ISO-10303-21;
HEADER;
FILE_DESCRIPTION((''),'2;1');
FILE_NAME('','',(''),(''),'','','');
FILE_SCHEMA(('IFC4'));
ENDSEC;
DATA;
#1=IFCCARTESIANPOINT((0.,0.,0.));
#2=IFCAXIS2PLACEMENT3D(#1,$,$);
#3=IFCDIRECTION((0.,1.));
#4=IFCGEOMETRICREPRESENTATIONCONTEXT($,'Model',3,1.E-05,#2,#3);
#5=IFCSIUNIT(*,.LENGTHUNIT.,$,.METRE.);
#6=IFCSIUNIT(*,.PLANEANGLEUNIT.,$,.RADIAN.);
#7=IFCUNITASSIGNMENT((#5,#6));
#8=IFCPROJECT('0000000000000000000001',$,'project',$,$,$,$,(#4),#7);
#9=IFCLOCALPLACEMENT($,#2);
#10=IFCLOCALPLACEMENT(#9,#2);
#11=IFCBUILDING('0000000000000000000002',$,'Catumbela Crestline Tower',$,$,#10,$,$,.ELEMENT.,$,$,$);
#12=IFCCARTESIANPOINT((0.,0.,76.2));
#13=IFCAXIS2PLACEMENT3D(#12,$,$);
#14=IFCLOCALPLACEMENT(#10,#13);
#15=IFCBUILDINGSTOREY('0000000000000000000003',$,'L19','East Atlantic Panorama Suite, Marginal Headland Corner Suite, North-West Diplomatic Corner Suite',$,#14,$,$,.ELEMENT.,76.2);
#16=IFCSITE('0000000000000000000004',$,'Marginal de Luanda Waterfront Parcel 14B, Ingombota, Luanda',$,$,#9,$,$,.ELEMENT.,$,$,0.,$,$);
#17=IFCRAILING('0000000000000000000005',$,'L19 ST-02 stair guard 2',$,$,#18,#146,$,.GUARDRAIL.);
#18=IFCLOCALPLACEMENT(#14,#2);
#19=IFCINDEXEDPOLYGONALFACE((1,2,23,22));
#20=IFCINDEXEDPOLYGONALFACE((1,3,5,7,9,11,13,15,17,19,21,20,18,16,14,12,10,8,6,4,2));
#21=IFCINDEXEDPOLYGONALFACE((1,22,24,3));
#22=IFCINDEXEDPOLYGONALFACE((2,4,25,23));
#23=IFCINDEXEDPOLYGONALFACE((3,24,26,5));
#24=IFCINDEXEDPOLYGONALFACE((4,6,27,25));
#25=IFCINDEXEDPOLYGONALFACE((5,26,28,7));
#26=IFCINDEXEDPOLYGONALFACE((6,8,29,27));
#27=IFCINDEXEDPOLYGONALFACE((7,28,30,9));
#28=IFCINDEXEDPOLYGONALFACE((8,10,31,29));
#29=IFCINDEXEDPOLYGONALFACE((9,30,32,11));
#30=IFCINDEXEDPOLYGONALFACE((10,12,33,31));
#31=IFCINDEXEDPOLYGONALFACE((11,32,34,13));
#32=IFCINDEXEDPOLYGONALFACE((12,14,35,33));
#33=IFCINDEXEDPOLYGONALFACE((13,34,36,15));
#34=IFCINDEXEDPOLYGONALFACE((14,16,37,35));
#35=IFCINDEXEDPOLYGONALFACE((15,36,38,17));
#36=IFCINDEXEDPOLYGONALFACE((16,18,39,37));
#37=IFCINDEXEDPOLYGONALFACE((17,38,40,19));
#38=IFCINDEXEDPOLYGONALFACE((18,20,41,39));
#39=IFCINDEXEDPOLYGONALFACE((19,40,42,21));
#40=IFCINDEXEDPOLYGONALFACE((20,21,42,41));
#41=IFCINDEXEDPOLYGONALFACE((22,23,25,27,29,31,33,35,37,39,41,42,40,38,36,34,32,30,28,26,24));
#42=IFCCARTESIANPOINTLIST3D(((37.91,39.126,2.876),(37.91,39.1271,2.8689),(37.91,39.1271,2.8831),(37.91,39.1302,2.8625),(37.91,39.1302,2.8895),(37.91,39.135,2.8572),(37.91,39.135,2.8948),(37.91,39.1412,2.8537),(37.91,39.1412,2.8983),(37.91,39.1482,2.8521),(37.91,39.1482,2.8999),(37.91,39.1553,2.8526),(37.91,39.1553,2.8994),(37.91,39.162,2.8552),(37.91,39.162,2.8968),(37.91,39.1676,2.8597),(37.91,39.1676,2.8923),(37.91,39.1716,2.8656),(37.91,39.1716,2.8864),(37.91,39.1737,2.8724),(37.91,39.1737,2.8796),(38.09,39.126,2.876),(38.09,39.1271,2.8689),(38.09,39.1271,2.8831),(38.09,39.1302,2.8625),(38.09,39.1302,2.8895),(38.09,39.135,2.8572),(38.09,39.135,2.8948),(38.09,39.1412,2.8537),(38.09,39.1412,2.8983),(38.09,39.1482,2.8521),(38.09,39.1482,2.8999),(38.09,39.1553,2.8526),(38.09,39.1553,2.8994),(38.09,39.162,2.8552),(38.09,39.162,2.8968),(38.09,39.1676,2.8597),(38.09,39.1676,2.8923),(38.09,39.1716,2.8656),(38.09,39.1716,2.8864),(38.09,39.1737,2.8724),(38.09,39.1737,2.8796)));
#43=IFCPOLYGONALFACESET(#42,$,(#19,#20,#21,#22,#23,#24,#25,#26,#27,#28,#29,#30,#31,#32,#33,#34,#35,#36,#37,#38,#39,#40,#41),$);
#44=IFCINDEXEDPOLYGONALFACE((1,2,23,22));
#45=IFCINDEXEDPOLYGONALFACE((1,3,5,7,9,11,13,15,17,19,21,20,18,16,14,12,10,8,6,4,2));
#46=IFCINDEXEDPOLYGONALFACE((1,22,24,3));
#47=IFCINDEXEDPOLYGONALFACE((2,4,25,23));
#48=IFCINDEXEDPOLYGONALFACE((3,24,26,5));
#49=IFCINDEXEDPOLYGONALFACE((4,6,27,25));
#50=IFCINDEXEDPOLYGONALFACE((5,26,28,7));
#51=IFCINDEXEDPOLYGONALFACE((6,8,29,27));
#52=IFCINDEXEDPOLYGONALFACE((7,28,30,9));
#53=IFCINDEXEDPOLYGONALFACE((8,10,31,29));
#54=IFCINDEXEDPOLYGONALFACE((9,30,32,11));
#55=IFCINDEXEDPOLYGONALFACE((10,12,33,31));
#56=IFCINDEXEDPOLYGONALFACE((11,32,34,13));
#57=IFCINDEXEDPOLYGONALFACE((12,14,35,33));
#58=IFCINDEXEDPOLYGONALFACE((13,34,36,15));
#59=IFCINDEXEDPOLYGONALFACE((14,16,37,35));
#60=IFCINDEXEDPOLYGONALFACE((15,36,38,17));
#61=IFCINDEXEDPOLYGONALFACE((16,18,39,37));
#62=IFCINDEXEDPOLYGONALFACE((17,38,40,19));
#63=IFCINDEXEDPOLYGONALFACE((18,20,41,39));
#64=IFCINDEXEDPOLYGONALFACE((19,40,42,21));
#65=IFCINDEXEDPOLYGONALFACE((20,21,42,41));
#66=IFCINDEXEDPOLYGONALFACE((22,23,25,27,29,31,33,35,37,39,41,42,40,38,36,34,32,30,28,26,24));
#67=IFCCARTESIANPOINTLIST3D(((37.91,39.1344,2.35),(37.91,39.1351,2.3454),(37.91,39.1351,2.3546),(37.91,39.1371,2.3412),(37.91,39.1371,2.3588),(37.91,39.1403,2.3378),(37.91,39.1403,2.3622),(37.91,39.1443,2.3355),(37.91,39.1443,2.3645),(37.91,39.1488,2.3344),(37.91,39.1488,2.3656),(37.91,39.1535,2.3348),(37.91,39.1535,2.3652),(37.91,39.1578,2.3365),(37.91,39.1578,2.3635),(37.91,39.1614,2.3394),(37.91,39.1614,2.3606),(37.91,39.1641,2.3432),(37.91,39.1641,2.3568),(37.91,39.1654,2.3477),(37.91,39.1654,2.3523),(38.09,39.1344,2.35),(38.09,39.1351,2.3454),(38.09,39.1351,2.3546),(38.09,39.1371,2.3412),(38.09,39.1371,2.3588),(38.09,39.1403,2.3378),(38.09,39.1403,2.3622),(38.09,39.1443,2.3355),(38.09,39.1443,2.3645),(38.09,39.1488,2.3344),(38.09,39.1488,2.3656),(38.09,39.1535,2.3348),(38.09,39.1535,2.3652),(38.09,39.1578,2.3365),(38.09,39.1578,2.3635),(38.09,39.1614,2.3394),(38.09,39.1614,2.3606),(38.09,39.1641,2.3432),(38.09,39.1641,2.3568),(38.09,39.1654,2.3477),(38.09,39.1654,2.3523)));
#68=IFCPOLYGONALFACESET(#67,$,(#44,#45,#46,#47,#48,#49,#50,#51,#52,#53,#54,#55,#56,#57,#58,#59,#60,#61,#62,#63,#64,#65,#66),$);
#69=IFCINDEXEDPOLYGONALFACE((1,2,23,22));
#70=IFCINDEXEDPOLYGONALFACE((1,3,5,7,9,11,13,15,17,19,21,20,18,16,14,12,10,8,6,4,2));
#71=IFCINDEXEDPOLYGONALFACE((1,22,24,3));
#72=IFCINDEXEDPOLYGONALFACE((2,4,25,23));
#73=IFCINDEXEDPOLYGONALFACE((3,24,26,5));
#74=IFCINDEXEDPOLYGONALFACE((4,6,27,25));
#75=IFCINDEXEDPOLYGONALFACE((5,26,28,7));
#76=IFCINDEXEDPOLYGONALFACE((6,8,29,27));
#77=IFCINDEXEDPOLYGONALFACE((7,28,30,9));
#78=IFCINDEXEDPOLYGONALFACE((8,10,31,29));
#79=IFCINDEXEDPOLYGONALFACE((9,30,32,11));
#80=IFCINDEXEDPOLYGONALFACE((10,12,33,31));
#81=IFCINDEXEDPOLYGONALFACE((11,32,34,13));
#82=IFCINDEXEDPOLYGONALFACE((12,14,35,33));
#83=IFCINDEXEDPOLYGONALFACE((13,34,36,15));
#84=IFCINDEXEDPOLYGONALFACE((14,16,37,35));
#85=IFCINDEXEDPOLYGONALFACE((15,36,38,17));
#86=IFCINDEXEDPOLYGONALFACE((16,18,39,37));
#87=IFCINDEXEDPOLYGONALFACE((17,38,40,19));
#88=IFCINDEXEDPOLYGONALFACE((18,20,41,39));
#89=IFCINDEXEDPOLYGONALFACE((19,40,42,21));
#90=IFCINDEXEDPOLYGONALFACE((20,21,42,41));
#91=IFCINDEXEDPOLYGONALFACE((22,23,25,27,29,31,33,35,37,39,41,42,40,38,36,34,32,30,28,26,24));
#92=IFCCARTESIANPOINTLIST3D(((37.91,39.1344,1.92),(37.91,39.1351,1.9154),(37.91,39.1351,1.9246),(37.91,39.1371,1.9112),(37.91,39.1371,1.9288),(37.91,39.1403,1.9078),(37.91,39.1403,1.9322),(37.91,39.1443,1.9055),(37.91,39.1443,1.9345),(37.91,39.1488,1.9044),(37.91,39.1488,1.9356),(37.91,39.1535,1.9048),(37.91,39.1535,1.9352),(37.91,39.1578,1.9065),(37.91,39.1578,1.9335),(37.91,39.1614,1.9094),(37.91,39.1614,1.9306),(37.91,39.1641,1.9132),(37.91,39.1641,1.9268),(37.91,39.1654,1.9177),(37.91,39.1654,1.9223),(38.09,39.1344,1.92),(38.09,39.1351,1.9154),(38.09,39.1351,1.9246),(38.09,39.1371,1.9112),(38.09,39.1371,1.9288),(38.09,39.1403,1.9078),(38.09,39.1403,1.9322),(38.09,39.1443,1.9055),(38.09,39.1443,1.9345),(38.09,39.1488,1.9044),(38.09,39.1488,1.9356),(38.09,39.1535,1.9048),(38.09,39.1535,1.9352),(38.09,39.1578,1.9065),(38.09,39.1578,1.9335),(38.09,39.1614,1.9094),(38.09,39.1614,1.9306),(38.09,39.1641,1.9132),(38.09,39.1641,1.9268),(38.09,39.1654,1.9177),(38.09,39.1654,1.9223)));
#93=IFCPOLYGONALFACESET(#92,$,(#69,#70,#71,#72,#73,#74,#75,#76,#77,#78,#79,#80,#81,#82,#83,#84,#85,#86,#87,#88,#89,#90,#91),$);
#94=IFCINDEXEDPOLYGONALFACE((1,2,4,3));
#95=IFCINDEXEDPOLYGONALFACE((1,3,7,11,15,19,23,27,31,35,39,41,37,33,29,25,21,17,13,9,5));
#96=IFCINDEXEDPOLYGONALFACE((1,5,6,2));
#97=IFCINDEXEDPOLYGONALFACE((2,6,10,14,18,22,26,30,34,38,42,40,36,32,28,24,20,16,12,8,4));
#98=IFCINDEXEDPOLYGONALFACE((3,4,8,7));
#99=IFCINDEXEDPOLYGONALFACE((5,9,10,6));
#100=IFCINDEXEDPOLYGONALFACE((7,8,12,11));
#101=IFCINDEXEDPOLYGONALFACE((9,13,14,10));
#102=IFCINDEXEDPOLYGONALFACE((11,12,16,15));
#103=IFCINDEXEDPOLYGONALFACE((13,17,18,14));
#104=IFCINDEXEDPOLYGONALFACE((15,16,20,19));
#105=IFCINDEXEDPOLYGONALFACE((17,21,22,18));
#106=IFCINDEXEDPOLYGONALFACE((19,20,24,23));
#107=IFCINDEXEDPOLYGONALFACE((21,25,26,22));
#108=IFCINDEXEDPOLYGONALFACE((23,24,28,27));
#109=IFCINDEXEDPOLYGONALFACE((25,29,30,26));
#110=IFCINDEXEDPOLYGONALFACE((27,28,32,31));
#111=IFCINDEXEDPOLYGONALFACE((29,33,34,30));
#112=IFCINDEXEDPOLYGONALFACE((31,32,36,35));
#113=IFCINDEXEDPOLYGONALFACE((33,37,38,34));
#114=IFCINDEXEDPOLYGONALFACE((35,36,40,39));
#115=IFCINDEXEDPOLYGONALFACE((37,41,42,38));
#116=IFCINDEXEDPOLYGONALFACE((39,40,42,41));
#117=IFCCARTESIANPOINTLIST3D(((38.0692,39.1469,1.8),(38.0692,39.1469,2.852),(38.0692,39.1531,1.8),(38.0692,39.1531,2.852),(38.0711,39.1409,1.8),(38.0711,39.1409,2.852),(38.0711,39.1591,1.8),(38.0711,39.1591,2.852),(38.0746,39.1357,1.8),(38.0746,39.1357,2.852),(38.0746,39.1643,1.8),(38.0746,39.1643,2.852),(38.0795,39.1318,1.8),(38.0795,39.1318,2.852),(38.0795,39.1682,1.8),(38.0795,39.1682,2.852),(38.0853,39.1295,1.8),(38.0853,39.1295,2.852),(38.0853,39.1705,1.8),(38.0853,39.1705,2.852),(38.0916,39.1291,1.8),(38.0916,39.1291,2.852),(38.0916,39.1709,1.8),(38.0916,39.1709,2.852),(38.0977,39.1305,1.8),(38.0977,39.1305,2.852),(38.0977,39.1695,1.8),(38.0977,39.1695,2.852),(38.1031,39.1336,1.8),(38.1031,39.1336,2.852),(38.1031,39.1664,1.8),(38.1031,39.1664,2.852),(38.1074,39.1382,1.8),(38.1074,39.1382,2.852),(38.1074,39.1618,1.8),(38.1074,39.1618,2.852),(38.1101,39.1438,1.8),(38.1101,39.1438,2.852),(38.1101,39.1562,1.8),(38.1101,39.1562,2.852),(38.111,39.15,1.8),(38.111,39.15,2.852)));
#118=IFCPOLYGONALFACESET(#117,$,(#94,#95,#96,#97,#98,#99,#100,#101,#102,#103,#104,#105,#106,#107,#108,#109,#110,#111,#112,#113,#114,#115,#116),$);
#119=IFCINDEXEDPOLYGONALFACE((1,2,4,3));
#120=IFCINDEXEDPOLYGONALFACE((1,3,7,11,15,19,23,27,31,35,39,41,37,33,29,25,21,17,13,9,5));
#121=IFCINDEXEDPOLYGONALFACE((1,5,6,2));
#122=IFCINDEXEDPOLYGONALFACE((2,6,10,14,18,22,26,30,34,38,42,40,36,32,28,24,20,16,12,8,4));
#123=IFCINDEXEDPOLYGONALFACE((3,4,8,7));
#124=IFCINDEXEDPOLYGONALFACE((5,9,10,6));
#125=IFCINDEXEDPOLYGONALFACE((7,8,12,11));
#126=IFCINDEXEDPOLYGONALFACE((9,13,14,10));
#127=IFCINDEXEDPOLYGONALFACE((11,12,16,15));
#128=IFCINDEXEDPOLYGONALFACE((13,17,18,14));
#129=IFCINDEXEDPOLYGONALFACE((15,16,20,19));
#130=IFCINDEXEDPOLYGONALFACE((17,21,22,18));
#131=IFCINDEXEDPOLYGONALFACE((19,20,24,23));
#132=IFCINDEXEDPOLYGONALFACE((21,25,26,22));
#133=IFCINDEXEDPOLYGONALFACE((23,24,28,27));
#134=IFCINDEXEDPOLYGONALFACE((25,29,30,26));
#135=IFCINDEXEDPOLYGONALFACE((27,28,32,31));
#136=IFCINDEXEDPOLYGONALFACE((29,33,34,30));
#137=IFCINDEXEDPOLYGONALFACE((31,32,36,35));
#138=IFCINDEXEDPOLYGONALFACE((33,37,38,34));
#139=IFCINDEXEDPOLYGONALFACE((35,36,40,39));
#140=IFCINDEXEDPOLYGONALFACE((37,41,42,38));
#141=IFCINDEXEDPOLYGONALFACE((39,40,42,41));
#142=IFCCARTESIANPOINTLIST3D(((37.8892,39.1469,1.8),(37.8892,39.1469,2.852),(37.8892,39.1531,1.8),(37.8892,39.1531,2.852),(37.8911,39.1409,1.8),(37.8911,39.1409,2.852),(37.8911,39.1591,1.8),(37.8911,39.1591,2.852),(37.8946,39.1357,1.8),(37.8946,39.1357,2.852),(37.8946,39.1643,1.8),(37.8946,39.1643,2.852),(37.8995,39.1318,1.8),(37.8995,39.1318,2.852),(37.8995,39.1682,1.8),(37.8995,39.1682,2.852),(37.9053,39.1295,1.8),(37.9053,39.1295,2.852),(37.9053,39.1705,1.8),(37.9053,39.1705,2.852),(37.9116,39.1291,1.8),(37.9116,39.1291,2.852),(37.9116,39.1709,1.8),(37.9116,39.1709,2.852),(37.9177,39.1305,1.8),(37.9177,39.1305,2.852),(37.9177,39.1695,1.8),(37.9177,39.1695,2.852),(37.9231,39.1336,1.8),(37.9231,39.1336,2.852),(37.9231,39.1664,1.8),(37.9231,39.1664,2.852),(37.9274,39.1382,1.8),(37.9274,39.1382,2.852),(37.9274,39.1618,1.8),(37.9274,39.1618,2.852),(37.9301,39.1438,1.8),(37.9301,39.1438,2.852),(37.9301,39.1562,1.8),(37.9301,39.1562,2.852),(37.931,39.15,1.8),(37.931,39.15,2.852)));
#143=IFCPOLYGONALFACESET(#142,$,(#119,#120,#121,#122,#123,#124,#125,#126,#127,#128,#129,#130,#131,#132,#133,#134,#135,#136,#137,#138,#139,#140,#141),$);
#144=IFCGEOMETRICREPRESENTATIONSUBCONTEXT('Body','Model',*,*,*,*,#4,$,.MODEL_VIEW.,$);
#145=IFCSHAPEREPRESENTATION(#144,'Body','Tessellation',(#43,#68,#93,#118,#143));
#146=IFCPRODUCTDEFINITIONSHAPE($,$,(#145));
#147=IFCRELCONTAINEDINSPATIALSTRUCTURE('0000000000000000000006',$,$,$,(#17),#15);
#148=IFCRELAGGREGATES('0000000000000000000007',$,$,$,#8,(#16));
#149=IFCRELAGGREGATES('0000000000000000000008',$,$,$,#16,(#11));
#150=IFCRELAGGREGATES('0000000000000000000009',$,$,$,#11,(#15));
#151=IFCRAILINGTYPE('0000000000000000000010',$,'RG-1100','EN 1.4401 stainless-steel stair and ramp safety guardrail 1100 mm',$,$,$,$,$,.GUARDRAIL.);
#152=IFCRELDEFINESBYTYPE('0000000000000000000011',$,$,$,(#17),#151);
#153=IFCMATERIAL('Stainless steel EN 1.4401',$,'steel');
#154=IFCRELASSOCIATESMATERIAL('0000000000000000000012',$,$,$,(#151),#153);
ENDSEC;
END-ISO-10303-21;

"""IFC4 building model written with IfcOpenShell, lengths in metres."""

from ifc_helpers import new_model, si_unit, direction, frame, origin, origin_2d, place, context, subcontext, project, spatial, circle, extrude, material, type_object, element, save


model = new_model("IFC4")

# Units and contexts
model_context = context("Model", 3, precision=1e-05, world=origin(), true_north=direction((0.0, 1.0)))
body_context = subcontext(model_context, "Body", "Model", "MODEL_VIEW")
ifc_project = project(units=[si_unit("LENGTHUNIT", "METRE"), si_unit("PLANEANGLEUNIT", "RADIAN")], contexts=[model_context])

# Site, building, storey
site_placement = place(None, origin())
site = spatial("IfcSite", under=ifc_project, at=site_placement, Name="Marginal de Luanda Waterfront Parcel 14B, Ingombota, Luanda", CompositionType="ELEMENT", RefElevation=0.0)
building_placement = place(site_placement, origin())
building = spatial("IfcBuilding", under=site, at=building_placement, Name="Catumbela Crestline Tower", CompositionType="ELEMENT")
storey_placement = place(building_placement, frame((0.0, 0.0, 76.2)))
storey = spatial("IfcBuildingStorey", under=building, at=storey_placement, Name="L19", Description="East Atlantic Panorama Suite, Marginal Headland Corner Suite, North-West Diplomatic Corner Suite", CompositionType="ELEMENT", Elevation=76.2)

# Shared definitions
ifc_material_1 = material(Name="Stainless steel EN 1.4401", Category="steel")

# Railing
railing_type_1 = type_object("IfcRailingType", Name="RG-1100", Description="EN 1.4401 stainless-steel stair and ramp safety guardrail 1100 mm", PredefinedType="GUARDRAIL", material=ifc_material_1)
railing_1_placement = place(storey_placement, frame((38.09, 39.15, 1.8)))
element("IfcRailing", 1, at=railing_1_placement, inside=storey, type_object=railing_type_1, Name="L19 ST-02 stair guard 2", PredefinedType="GUARDRAIL", context=body_context, shape_type="SweptSolid", body=[
    extrude(circle(Radius=0.024, at=origin_2d()), frame((0.0, 0.0, 1.076), z_axis=(-1.0, 0.0, 0.0), x_axis=(0.0, -1.0, 0.0)), (0.0, 0.0, 1.0), 0.18),
    extrude(circle(Radius=0.0156, at=origin_2d()), frame((0.0, 0.0, 0.55), z_axis=(-1.0, 0.0, 0.0), x_axis=(0.0, -1.0, 0.0)), (0.0, 0.0, 1.0), 0.18),
    extrude(circle(Radius=0.0156, at=origin_2d()), frame((0.0, 0.0, 0.12), z_axis=(-1.0, 0.0, 0.0), x_axis=(0.0, -1.0, 0.0)), (0.0, 0.0, 1.0), 0.18),
    extrude(circle(Radius=0.021, at=origin_2d()), origin(), (0.0, 0.0, 1.0), 1.052),
    extrude(circle(Radius=0.021, at=origin_2d()), frame((-0.18, 0.0, 0.0)), (0.0, 0.0, 1.0), 1.052),
])

save(model, "model.ifc")
